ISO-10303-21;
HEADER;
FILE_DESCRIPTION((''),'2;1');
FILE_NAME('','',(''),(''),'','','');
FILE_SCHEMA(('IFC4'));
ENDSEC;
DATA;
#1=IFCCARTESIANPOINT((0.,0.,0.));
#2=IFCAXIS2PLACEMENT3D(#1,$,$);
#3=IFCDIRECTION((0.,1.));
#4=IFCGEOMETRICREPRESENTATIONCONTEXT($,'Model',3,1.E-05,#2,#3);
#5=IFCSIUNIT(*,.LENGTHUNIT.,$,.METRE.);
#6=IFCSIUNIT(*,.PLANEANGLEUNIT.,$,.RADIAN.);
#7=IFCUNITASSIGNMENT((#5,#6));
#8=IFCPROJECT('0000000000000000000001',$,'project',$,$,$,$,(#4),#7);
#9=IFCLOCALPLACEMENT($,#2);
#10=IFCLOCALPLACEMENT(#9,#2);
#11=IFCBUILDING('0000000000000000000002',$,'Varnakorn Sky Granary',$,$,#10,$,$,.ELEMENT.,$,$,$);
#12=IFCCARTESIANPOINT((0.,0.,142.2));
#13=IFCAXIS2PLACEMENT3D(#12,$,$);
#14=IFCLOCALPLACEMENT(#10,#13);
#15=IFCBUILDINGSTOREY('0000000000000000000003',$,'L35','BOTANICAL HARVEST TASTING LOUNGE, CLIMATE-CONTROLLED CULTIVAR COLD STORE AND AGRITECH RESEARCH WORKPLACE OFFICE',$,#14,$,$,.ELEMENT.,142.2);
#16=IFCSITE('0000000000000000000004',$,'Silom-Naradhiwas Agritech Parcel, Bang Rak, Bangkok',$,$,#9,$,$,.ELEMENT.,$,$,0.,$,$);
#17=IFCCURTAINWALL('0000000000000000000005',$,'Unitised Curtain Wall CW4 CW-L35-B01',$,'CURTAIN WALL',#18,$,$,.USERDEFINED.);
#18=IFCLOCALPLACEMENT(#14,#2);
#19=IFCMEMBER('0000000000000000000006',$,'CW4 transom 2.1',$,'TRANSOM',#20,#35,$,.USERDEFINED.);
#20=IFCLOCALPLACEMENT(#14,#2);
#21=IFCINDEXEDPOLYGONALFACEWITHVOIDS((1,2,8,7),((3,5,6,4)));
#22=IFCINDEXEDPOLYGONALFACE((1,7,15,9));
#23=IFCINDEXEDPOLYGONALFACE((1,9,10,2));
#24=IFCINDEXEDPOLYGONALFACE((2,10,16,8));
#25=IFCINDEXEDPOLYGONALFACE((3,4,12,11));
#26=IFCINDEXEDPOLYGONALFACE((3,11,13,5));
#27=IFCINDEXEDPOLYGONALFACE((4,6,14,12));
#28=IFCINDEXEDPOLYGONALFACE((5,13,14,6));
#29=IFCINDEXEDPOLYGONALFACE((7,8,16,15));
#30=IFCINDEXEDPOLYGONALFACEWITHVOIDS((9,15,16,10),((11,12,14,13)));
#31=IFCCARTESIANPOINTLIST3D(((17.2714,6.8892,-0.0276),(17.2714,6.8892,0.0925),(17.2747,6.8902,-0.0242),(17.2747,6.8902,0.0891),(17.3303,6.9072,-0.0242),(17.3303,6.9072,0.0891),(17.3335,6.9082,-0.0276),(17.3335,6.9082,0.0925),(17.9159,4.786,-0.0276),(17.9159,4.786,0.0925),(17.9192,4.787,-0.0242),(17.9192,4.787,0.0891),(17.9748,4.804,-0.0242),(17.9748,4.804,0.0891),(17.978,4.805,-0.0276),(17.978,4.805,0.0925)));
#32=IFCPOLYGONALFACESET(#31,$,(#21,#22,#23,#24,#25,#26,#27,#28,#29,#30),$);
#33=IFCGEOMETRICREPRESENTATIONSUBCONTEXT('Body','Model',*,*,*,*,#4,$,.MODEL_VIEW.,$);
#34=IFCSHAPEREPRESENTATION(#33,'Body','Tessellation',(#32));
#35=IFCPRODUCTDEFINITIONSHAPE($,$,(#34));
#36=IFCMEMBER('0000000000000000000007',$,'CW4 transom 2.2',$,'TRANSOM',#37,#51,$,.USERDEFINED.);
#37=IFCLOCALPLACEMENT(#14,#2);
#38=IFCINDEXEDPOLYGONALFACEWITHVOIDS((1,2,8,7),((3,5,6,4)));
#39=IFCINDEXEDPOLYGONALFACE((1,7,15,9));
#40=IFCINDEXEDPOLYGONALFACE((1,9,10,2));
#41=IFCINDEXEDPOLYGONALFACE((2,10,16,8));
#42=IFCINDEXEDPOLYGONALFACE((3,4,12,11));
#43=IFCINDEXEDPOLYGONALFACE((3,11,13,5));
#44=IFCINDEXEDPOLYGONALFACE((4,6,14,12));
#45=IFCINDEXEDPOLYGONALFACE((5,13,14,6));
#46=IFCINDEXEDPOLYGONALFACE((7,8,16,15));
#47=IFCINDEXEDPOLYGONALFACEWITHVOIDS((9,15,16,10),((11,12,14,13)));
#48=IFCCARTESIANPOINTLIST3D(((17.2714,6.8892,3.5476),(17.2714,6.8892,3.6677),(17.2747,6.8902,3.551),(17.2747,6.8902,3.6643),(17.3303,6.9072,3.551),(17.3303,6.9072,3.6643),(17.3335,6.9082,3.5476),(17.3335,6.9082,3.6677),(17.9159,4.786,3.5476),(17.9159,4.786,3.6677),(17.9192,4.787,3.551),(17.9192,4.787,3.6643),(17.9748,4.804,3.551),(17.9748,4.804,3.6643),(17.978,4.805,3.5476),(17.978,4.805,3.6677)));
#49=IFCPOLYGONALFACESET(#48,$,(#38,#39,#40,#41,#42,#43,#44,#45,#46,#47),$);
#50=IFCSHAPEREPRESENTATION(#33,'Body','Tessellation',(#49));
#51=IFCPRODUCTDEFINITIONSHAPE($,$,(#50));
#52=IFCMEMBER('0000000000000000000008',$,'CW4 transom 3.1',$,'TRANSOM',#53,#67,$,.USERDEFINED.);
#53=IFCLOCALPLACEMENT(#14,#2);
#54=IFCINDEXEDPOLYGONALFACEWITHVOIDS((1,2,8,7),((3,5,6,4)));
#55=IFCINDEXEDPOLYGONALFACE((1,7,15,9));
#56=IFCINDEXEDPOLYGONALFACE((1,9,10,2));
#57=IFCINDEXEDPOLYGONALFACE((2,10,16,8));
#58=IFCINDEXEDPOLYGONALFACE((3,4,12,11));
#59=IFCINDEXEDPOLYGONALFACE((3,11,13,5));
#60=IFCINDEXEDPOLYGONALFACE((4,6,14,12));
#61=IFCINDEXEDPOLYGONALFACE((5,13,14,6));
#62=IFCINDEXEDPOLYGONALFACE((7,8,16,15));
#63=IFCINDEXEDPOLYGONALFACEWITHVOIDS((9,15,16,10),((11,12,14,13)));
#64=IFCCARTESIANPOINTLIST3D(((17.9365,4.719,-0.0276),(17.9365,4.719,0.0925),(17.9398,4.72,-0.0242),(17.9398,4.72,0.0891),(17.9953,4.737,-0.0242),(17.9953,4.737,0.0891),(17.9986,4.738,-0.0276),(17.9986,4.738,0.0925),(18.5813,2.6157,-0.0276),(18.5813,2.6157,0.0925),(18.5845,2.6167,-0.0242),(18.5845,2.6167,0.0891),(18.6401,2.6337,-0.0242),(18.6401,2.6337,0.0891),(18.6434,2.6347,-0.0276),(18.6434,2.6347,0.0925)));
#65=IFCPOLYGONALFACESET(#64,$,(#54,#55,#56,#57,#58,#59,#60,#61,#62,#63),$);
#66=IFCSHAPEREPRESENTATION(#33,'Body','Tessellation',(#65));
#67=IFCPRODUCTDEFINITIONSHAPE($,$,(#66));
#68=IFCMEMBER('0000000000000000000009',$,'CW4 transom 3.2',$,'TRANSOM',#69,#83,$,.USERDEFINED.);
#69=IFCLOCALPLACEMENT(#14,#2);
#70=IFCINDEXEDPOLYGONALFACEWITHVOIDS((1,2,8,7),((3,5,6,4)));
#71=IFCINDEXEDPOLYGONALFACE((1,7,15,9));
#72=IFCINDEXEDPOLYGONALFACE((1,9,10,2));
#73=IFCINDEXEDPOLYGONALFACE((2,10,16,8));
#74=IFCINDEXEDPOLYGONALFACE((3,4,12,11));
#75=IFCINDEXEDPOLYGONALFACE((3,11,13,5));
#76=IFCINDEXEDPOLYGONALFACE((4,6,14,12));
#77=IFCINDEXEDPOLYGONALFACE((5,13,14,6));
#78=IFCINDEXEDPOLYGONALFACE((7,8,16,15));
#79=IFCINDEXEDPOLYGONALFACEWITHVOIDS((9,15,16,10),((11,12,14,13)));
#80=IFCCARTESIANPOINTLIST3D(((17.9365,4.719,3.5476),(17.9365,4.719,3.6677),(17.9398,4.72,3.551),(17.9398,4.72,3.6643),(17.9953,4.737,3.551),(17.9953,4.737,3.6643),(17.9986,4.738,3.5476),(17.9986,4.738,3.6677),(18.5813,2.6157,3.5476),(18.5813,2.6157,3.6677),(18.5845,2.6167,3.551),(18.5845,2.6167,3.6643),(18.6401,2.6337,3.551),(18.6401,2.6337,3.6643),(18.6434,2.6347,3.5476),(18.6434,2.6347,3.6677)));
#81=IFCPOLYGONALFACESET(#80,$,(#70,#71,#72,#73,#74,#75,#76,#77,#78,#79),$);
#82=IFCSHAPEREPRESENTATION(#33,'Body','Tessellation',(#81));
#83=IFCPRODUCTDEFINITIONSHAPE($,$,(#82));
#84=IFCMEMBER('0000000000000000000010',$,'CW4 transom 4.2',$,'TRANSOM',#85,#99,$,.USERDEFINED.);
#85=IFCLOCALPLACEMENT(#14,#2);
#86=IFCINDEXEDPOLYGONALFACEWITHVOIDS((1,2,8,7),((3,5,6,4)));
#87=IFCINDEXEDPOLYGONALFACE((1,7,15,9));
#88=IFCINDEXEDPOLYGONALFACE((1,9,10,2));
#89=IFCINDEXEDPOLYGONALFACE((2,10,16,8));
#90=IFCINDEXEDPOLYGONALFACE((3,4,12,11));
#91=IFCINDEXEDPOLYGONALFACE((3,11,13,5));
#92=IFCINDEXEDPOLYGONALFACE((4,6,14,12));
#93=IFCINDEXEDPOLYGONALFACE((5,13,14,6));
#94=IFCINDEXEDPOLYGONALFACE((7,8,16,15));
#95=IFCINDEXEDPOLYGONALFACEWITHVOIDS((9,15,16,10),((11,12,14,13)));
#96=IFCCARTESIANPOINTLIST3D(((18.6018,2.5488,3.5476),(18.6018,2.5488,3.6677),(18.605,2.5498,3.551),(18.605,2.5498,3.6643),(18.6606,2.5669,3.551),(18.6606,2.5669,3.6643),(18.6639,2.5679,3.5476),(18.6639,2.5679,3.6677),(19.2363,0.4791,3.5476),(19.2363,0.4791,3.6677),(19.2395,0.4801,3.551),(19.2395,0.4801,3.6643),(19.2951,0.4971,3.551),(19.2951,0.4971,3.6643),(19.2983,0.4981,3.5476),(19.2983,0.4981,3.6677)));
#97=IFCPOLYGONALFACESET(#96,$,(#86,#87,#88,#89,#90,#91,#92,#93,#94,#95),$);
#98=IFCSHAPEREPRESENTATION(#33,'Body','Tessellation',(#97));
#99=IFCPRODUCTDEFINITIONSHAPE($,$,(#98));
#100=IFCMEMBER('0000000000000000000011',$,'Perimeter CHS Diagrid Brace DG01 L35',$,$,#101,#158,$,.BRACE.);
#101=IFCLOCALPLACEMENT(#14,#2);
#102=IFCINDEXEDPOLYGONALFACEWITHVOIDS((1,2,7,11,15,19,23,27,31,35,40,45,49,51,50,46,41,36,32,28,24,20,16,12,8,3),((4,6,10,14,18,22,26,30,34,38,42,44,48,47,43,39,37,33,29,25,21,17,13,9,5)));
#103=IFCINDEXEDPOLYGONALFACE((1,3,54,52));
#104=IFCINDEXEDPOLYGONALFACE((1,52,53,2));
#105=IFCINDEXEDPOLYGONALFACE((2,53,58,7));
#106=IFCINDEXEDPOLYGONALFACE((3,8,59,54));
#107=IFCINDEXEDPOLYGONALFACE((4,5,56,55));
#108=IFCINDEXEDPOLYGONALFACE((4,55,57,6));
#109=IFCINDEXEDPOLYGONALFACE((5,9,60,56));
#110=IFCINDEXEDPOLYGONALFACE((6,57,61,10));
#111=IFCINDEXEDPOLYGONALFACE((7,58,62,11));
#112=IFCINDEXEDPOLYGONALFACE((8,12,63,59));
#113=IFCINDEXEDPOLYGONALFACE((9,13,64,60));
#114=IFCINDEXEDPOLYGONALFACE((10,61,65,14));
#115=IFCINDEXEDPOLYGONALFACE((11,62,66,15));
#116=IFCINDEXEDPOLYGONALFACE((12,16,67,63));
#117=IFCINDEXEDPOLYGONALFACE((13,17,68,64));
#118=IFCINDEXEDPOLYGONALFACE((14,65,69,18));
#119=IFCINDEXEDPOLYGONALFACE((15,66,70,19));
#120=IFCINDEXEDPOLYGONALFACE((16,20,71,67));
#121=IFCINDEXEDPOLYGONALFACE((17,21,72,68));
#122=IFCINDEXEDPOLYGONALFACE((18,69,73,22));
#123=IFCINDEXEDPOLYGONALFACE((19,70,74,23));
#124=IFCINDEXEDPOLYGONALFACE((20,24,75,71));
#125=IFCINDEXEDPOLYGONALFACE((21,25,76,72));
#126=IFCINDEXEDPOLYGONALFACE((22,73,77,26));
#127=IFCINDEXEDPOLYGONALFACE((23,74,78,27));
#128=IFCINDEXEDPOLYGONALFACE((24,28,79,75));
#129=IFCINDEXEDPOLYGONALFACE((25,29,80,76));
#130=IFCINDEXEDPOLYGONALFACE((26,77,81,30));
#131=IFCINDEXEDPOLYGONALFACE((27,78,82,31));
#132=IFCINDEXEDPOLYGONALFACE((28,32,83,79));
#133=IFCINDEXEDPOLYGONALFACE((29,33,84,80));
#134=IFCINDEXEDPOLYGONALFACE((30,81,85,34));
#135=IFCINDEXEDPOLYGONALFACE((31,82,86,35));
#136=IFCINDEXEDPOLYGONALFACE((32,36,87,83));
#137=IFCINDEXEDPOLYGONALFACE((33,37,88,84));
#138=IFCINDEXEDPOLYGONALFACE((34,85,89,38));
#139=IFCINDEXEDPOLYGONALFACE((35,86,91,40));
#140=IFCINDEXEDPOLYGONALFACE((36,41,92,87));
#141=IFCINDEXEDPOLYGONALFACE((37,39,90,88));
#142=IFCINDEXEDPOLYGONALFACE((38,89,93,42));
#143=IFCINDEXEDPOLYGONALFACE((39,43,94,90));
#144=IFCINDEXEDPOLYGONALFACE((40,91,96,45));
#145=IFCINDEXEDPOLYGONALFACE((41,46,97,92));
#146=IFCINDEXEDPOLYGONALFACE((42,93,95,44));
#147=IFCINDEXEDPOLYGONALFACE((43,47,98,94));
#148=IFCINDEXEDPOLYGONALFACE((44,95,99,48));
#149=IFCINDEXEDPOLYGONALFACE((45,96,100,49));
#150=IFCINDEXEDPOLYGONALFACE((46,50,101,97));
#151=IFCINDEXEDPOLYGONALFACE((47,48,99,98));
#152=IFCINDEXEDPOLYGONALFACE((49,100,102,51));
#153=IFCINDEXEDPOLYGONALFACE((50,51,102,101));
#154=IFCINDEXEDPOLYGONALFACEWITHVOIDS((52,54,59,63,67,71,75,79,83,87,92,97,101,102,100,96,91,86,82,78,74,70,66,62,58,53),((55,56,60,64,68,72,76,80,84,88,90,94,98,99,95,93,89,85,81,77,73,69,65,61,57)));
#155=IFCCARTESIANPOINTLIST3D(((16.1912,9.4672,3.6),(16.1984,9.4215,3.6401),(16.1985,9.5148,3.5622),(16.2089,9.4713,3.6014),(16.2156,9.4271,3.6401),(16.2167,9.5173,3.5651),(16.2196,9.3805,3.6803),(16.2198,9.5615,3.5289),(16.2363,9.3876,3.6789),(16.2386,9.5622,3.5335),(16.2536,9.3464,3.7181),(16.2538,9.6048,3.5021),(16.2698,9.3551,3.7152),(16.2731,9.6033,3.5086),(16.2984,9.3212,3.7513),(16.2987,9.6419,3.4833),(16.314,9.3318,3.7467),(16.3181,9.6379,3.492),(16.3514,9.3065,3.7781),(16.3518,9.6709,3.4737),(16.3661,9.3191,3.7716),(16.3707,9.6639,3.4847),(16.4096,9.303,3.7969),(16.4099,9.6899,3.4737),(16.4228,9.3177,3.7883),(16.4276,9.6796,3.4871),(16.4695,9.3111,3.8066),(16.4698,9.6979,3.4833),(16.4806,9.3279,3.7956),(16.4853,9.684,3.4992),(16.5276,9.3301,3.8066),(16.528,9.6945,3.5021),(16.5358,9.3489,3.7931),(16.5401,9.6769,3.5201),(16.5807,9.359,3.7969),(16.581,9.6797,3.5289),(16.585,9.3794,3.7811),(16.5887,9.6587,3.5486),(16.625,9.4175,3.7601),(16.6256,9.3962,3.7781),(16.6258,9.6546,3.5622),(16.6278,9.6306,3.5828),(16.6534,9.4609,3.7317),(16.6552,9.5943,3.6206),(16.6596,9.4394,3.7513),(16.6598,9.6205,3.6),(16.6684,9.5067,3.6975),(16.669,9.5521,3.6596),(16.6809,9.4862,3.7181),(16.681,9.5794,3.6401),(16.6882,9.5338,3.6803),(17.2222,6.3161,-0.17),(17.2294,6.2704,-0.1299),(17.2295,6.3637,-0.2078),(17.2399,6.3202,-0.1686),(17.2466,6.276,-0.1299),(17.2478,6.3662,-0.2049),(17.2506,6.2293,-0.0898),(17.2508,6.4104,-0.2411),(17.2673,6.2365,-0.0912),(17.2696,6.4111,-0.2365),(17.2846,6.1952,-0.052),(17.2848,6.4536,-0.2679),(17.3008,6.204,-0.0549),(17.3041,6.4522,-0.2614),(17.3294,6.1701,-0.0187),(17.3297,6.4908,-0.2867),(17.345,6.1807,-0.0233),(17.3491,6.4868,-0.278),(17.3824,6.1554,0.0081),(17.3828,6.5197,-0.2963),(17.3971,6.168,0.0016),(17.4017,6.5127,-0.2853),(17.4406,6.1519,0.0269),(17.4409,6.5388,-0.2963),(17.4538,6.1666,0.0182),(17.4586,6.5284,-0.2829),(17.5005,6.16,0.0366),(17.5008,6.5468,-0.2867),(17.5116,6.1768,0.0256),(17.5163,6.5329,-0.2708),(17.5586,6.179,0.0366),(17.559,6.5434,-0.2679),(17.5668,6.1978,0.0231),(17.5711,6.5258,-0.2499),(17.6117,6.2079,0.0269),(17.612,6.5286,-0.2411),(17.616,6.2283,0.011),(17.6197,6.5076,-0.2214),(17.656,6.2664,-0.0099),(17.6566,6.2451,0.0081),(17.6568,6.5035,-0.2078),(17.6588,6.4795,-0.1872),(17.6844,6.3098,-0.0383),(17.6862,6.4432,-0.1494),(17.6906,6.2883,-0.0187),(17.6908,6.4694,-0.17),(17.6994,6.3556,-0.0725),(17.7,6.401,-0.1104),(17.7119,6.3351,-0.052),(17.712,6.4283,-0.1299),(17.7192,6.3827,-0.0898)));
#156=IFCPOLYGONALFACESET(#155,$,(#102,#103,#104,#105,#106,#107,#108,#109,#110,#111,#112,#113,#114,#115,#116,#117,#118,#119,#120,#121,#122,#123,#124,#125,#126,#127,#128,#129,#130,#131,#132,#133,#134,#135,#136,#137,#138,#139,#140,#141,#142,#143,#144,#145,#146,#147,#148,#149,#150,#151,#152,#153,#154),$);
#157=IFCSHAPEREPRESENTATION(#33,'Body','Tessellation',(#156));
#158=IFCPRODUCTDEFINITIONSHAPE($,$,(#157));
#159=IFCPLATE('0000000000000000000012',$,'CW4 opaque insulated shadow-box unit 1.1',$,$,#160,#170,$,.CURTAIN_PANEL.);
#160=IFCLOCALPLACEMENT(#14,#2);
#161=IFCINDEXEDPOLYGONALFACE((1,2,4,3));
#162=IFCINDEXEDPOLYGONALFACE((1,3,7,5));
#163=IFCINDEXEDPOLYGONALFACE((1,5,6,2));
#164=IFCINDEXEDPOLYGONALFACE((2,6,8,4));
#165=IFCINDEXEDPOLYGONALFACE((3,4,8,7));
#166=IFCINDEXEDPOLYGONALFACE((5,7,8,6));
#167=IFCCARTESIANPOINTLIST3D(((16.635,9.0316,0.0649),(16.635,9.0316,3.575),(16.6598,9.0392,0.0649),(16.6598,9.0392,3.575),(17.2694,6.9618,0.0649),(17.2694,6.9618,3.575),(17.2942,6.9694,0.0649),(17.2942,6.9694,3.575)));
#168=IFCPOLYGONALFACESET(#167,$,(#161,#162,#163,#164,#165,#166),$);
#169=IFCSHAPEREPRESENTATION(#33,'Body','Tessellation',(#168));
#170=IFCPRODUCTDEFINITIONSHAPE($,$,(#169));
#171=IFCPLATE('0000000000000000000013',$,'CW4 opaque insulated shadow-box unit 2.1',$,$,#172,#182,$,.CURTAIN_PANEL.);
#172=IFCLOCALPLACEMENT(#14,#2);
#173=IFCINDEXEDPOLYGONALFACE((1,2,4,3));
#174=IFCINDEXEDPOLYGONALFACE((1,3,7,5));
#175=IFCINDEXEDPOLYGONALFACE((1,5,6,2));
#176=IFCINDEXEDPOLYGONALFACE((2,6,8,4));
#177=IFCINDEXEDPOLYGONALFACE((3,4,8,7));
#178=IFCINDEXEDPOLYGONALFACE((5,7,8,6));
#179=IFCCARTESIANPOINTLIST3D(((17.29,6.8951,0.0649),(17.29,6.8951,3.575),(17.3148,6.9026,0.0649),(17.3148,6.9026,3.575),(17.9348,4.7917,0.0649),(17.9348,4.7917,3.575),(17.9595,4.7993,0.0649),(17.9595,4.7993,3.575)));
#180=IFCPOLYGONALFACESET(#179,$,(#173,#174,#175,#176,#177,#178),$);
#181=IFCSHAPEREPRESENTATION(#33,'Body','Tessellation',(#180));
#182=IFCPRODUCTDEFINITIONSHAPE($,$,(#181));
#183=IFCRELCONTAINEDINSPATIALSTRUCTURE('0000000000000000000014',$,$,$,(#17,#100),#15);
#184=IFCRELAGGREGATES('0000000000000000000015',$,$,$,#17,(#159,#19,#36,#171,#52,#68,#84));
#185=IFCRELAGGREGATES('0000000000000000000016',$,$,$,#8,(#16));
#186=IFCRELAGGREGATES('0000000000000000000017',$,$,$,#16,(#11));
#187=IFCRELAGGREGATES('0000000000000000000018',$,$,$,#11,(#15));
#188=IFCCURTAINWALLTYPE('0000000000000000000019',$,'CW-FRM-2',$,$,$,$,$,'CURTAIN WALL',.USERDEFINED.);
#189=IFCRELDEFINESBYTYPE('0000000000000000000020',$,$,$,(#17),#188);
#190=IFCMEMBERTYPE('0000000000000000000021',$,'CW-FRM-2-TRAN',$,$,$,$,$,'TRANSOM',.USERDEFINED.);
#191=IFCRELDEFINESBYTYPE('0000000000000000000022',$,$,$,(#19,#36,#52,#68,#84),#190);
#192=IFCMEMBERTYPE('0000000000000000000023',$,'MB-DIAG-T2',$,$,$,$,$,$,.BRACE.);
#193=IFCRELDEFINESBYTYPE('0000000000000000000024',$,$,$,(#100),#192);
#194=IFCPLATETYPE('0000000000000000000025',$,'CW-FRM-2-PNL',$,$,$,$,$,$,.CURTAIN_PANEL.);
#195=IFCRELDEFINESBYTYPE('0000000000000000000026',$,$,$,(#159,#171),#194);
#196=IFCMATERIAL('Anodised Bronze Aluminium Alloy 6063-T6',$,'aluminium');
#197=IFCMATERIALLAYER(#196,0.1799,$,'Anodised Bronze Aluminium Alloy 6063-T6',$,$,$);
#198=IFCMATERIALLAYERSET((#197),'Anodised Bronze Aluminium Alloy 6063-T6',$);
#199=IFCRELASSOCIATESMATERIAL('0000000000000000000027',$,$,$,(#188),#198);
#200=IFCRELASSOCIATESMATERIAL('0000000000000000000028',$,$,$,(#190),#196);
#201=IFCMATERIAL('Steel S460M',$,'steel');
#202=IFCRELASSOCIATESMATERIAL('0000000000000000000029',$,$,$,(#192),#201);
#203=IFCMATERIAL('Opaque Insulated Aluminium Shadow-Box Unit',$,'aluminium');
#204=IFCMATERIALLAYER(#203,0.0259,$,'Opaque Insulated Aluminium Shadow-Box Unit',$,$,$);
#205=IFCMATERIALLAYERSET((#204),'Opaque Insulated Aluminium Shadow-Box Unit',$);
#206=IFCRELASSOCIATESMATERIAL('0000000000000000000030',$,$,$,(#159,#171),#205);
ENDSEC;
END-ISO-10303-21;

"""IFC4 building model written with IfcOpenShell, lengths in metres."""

from ifc_helpers import new_model, si_unit, direction, frame, origin, origin_2d, place, context, subcontext, project, spatial, rectangle, hollow_rectangle, hollow_circle, extrude, source, transform, mapped, material, layer, layer_set, material_profile, profile_set, type_object, type_shapes, element, aggregate, save


model = new_model("IFC4")

# Units and contexts
model_context = context("Model", 3, precision=1e-05, world=origin(), true_north=direction((0.0, 1.0)))
body_context = subcontext(model_context, "Body", "Model", "MODEL_VIEW")
ifc_project = project(units=[si_unit("LENGTHUNIT", "METRE"), si_unit("PLANEANGLEUNIT", "RADIAN")], contexts=[model_context])

# Site, building, storey
site_placement = place(None, origin())
site = spatial("IfcSite", under=ifc_project, at=site_placement, Name="Silom-Naradhiwas Agritech Parcel, Bang Rak, Bangkok", CompositionType="ELEMENT", RefElevation=0.0)
building_placement = place(site_placement, origin())
building = spatial("IfcBuilding", under=site, at=building_placement, Name="Varnakorn Sky Granary", CompositionType="ELEMENT")
storey_placement = place(building_placement, frame((0.0, 0.0, 142.2)))
storey = spatial("IfcBuildingStorey", under=building, at=storey_placement, Name="L35", Description="BOTANICAL HARVEST TASTING LOUNGE, CLIMATE-CONTROLLED CULTIVAR COLD STORE AND AGRITECH RESEARCH WORKPLACE OFFICE", CompositionType="ELEMENT", Elevation=142.2)

# Shared definitions
ifc_material_1 = material(Name="Steel S460M", Category="steel")

# Curtain wall, members
ifc_material_2 = material(Name="Anodised Bronze Aluminium Alloy 6063-T6", Category="aluminium")
ifc_layer_1 = layer(ifc_material_2, 0.1799, Name="Anodised Bronze Aluminium Alloy 6063-T6")
ifc_layer_set_1 = layer_set([ifc_layer_1], Name="Anodised Bronze Aluminium Alloy 6063-T6")
curtain_wall_type = type_object("IfcCurtainWallType", Name="CW-FRM-2", ElementType="CURTAIN WALL", PredefinedType="USERDEFINED", material=ifc_layer_set_1)
curtain_wall_placement = place(storey_placement, origin())
curtain_wall = element("IfcCurtainWall", 1, at=curtain_wall_placement, inside=storey, type_object=curtain_wall_type, Name="Unitised Curtain Wall CW4 CW-L35-B01", ObjectType="CURTAIN WALL", PredefinedType="USERDEFINED")
ifc_material_profile_1 = material_profile(ifc_material_2, hollow_rectangle(XDim=0.0649, YDim=0.1201, WallThickness=0.0034, at=origin_2d()), Name="ALU TRAN 65x120")
ifc_profile_set_1 = profile_set([ifc_material_profile_1], Name="Anodised Bronze Aluminium Alloy 6063-T6")
member_type_1 = type_object("IfcMemberType", Name="CW-FRM-2-TRAN", ElementType="TRANSOM", PredefinedType="USERDEFINED", material=ifc_profile_set_1)
member_1_placement = place(storey_placement, frame((17.3025, 6.8987, 0.0325), z_axis=(0.292994, -0.956114, 0.0), x_axis=(0.956114, 0.292994, 0.0)))
member_1 = element("IfcMember", 2, at=member_1_placement, type_object=member_type_1, Name="CW4 transom 2.1", ObjectType="TRANSOM", PredefinedType="USERDEFINED", context=body_context, shape_type="SweptSolid", body=[
    extrude(hollow_rectangle(XDim=0.0649, YDim=0.1201, WallThickness=0.0034, at=origin_2d()), origin(), (0.0, 0.0, 1.0), 2.1997),
])
member_2_placement = place(storey_placement, frame((17.3025, 6.8987, 3.6077), z_axis=(0.292994, -0.956114, 0.0), x_axis=(0.956114, 0.292994, 0.0)))
member_2 = element("IfcMember", 3, at=member_2_placement, type_object=member_type_1, Name="CW4 transom 2.2", ObjectType="TRANSOM", PredefinedType="USERDEFINED", context=body_context, shape_type="SweptSolid", body=[
    extrude(hollow_rectangle(XDim=0.0649, YDim=0.1201, WallThickness=0.0034, at=origin_2d()), origin(), (0.0, 0.0, 1.0), 2.1997),
])
member_3_placement = place(storey_placement, frame((17.9675, 4.7285, 0.0325), z_axis=(0.293095, -0.956083, 0.0), x_axis=(0.956083, 0.293095, 0.0)))
member_3 = element("IfcMember", 4, at=member_3_placement, type_object=member_type_1, Name="CW4 transom 3.1", ObjectType="TRANSOM", PredefinedType="USERDEFINED", context=body_context, shape_type="SweptSolid", body=[
    extrude(hollow_rectangle(XDim=0.0649, YDim=0.1201, WallThickness=0.0034, at=origin_2d()), origin(), (0.0, 0.0, 1.0), 2.2),
])
member_4_placement = place(storey_placement, frame((17.9675, 4.7285, 3.6077), z_axis=(0.293095, -0.956083, 0.0), x_axis=(0.956083, 0.293095, 0.0)))
member_4 = element("IfcMember", 5, at=member_4_placement, type_object=member_type_1, Name="CW4 transom 3.2", ObjectType="TRANSOM", PredefinedType="USERDEFINED", context=body_context, shape_type="SweptSolid", body=[
    extrude(hollow_rectangle(XDim=0.0649, YDim=0.1201, WallThickness=0.0034, at=origin_2d()), origin(), (0.0, 0.0, 1.0), 2.2),
])
member_5_placement = place(storey_placement, frame((18.6328, 2.5583, 3.6077), z_axis=(0.293095, -0.956083, 0.0), x_axis=(0.956083, 0.293095, 0.0)))
member_5 = element("IfcMember", 6, at=member_5_placement, type_object=member_type_1, Name="CW4 transom 4.2", ObjectType="TRANSOM", PredefinedType="USERDEFINED", context=body_context, shape_type="SweptSolid", body=[
    extrude(hollow_rectangle(XDim=0.0649, YDim=0.1201, WallThickness=0.0034, at=origin_2d()), origin(), (0.0, 0.0, 1.0), 2.1648),
])

# Member
ifc_material_profile_2 = material_profile(ifc_material_1, hollow_circle(Radius=0.2539, WallThickness=0.0181, at=origin_2d()), Name="CHS 508x18")
ifc_profile_set_2 = profile_set([ifc_material_profile_2], Name="Steel S460M")
member_type_2 = type_object("IfcMemberType", Name="MB-DIAG-T2", PredefinedType="BRACE", material=ifc_profile_set_2)
member_6_placement = place(storey_placement, frame((17.4707, 6.3494, -0.1299), z_axis=(-0.205358, 0.627649, 0.750922), x_axis=(-0.950421, -0.310965, 0.0)))
element("IfcMember", 7, at=member_6_placement, inside=storey, type_object=member_type_2, Name="Perimeter CHS Diagrid Brace DG01 L35", PredefinedType="BRACE", context=body_context, shape_type="SweptSolid", body=[
    extrude(hollow_circle(Radius=0.2539, WallThickness=0.0181, at=origin_2d()), origin(), (0.0, 0.0, 1.0), 5.0205),
])

# Plates
ifc_material_3 = material(Name="Opaque Insulated Aluminium Shadow-Box Unit", Category="aluminium")
ifc_layer_2 = layer(ifc_material_3, 0.0259, Name="Opaque Insulated Aluminium Shadow-Box Unit")
ifc_layer_set_2 = layer_set([ifc_layer_2], Name="Opaque Insulated Aluminium Shadow-Box Unit")
plate_type = type_object("IfcPlateType", Name="CW-FRM-2-PNL", PredefinedType="CURTAIN_PANEL")
shared_shape_1 = source(origin(), body_context, "Body", "SweptSolid", [
    extrude(rectangle(XDim=2.1648, YDim=0.0259, at=origin_2d()), origin(), (0.0, 0.0, 1.0), 3.51),
])
plate_1_placement = place(storey_placement, frame((16.9646, 8.0005, 0.0649), z_axis=(0.0, 0.0, 1.0), x_axis=(0.293068, -0.956092, 0.0)))
plate_1 = element("IfcPlate", 8, at=plate_1_placement, type_object=plate_type, material=ifc_layer_set_2, Name="CW4 opaque insulated shadow-box unit 1.1", PredefinedType="CURTAIN_PANEL", context=body_context, shape_type="MappedRepresentation", body=[
    mapped(shared_shape_1, transform((0.0, 0.0, 0.0), x_axis=(1.0, 0.0, 0.0), y_axis=(0.0, 1.0, 0.0), z_axis=(0.0, 0.0, 1.0), scale=1.0)),
])
shared_shape_2 = source(origin(), body_context, "Body", "SweptSolid", [
    extrude(rectangle(XDim=2.2, YDim=0.0259, at=origin_2d()), origin(), (0.0, 0.0, 1.0), 3.51),
])
type_shapes(plate_type, [shared_shape_1, shared_shape_2])
plate_2_placement = place(storey_placement, frame((17.6248, 5.8472, 0.0649), z_axis=(0.0, 0.0, 1.0), x_axis=(0.293068, -0.956092, 0.0)))
plate_2 = element("IfcPlate", 9, at=plate_2_placement, type_object=plate_type, material=ifc_layer_set_2, Name="CW4 opaque insulated shadow-box unit 2.1", PredefinedType="CURTAIN_PANEL", context=body_context, shape_type="MappedRepresentation", body=[
    mapped(shared_shape_2, transform((0.0, 0.0, 0.0), x_axis=(1.0, 0.0, 0.0), y_axis=(0.0, 1.0, 0.0), z_axis=(0.0, 0.0, 1.0), scale=1.0)),
])
aggregate(curtain_wall, [plate_1, member_1, member_2, plate_2, member_3, member_4, member_5])

save(model, "model.ifc")
